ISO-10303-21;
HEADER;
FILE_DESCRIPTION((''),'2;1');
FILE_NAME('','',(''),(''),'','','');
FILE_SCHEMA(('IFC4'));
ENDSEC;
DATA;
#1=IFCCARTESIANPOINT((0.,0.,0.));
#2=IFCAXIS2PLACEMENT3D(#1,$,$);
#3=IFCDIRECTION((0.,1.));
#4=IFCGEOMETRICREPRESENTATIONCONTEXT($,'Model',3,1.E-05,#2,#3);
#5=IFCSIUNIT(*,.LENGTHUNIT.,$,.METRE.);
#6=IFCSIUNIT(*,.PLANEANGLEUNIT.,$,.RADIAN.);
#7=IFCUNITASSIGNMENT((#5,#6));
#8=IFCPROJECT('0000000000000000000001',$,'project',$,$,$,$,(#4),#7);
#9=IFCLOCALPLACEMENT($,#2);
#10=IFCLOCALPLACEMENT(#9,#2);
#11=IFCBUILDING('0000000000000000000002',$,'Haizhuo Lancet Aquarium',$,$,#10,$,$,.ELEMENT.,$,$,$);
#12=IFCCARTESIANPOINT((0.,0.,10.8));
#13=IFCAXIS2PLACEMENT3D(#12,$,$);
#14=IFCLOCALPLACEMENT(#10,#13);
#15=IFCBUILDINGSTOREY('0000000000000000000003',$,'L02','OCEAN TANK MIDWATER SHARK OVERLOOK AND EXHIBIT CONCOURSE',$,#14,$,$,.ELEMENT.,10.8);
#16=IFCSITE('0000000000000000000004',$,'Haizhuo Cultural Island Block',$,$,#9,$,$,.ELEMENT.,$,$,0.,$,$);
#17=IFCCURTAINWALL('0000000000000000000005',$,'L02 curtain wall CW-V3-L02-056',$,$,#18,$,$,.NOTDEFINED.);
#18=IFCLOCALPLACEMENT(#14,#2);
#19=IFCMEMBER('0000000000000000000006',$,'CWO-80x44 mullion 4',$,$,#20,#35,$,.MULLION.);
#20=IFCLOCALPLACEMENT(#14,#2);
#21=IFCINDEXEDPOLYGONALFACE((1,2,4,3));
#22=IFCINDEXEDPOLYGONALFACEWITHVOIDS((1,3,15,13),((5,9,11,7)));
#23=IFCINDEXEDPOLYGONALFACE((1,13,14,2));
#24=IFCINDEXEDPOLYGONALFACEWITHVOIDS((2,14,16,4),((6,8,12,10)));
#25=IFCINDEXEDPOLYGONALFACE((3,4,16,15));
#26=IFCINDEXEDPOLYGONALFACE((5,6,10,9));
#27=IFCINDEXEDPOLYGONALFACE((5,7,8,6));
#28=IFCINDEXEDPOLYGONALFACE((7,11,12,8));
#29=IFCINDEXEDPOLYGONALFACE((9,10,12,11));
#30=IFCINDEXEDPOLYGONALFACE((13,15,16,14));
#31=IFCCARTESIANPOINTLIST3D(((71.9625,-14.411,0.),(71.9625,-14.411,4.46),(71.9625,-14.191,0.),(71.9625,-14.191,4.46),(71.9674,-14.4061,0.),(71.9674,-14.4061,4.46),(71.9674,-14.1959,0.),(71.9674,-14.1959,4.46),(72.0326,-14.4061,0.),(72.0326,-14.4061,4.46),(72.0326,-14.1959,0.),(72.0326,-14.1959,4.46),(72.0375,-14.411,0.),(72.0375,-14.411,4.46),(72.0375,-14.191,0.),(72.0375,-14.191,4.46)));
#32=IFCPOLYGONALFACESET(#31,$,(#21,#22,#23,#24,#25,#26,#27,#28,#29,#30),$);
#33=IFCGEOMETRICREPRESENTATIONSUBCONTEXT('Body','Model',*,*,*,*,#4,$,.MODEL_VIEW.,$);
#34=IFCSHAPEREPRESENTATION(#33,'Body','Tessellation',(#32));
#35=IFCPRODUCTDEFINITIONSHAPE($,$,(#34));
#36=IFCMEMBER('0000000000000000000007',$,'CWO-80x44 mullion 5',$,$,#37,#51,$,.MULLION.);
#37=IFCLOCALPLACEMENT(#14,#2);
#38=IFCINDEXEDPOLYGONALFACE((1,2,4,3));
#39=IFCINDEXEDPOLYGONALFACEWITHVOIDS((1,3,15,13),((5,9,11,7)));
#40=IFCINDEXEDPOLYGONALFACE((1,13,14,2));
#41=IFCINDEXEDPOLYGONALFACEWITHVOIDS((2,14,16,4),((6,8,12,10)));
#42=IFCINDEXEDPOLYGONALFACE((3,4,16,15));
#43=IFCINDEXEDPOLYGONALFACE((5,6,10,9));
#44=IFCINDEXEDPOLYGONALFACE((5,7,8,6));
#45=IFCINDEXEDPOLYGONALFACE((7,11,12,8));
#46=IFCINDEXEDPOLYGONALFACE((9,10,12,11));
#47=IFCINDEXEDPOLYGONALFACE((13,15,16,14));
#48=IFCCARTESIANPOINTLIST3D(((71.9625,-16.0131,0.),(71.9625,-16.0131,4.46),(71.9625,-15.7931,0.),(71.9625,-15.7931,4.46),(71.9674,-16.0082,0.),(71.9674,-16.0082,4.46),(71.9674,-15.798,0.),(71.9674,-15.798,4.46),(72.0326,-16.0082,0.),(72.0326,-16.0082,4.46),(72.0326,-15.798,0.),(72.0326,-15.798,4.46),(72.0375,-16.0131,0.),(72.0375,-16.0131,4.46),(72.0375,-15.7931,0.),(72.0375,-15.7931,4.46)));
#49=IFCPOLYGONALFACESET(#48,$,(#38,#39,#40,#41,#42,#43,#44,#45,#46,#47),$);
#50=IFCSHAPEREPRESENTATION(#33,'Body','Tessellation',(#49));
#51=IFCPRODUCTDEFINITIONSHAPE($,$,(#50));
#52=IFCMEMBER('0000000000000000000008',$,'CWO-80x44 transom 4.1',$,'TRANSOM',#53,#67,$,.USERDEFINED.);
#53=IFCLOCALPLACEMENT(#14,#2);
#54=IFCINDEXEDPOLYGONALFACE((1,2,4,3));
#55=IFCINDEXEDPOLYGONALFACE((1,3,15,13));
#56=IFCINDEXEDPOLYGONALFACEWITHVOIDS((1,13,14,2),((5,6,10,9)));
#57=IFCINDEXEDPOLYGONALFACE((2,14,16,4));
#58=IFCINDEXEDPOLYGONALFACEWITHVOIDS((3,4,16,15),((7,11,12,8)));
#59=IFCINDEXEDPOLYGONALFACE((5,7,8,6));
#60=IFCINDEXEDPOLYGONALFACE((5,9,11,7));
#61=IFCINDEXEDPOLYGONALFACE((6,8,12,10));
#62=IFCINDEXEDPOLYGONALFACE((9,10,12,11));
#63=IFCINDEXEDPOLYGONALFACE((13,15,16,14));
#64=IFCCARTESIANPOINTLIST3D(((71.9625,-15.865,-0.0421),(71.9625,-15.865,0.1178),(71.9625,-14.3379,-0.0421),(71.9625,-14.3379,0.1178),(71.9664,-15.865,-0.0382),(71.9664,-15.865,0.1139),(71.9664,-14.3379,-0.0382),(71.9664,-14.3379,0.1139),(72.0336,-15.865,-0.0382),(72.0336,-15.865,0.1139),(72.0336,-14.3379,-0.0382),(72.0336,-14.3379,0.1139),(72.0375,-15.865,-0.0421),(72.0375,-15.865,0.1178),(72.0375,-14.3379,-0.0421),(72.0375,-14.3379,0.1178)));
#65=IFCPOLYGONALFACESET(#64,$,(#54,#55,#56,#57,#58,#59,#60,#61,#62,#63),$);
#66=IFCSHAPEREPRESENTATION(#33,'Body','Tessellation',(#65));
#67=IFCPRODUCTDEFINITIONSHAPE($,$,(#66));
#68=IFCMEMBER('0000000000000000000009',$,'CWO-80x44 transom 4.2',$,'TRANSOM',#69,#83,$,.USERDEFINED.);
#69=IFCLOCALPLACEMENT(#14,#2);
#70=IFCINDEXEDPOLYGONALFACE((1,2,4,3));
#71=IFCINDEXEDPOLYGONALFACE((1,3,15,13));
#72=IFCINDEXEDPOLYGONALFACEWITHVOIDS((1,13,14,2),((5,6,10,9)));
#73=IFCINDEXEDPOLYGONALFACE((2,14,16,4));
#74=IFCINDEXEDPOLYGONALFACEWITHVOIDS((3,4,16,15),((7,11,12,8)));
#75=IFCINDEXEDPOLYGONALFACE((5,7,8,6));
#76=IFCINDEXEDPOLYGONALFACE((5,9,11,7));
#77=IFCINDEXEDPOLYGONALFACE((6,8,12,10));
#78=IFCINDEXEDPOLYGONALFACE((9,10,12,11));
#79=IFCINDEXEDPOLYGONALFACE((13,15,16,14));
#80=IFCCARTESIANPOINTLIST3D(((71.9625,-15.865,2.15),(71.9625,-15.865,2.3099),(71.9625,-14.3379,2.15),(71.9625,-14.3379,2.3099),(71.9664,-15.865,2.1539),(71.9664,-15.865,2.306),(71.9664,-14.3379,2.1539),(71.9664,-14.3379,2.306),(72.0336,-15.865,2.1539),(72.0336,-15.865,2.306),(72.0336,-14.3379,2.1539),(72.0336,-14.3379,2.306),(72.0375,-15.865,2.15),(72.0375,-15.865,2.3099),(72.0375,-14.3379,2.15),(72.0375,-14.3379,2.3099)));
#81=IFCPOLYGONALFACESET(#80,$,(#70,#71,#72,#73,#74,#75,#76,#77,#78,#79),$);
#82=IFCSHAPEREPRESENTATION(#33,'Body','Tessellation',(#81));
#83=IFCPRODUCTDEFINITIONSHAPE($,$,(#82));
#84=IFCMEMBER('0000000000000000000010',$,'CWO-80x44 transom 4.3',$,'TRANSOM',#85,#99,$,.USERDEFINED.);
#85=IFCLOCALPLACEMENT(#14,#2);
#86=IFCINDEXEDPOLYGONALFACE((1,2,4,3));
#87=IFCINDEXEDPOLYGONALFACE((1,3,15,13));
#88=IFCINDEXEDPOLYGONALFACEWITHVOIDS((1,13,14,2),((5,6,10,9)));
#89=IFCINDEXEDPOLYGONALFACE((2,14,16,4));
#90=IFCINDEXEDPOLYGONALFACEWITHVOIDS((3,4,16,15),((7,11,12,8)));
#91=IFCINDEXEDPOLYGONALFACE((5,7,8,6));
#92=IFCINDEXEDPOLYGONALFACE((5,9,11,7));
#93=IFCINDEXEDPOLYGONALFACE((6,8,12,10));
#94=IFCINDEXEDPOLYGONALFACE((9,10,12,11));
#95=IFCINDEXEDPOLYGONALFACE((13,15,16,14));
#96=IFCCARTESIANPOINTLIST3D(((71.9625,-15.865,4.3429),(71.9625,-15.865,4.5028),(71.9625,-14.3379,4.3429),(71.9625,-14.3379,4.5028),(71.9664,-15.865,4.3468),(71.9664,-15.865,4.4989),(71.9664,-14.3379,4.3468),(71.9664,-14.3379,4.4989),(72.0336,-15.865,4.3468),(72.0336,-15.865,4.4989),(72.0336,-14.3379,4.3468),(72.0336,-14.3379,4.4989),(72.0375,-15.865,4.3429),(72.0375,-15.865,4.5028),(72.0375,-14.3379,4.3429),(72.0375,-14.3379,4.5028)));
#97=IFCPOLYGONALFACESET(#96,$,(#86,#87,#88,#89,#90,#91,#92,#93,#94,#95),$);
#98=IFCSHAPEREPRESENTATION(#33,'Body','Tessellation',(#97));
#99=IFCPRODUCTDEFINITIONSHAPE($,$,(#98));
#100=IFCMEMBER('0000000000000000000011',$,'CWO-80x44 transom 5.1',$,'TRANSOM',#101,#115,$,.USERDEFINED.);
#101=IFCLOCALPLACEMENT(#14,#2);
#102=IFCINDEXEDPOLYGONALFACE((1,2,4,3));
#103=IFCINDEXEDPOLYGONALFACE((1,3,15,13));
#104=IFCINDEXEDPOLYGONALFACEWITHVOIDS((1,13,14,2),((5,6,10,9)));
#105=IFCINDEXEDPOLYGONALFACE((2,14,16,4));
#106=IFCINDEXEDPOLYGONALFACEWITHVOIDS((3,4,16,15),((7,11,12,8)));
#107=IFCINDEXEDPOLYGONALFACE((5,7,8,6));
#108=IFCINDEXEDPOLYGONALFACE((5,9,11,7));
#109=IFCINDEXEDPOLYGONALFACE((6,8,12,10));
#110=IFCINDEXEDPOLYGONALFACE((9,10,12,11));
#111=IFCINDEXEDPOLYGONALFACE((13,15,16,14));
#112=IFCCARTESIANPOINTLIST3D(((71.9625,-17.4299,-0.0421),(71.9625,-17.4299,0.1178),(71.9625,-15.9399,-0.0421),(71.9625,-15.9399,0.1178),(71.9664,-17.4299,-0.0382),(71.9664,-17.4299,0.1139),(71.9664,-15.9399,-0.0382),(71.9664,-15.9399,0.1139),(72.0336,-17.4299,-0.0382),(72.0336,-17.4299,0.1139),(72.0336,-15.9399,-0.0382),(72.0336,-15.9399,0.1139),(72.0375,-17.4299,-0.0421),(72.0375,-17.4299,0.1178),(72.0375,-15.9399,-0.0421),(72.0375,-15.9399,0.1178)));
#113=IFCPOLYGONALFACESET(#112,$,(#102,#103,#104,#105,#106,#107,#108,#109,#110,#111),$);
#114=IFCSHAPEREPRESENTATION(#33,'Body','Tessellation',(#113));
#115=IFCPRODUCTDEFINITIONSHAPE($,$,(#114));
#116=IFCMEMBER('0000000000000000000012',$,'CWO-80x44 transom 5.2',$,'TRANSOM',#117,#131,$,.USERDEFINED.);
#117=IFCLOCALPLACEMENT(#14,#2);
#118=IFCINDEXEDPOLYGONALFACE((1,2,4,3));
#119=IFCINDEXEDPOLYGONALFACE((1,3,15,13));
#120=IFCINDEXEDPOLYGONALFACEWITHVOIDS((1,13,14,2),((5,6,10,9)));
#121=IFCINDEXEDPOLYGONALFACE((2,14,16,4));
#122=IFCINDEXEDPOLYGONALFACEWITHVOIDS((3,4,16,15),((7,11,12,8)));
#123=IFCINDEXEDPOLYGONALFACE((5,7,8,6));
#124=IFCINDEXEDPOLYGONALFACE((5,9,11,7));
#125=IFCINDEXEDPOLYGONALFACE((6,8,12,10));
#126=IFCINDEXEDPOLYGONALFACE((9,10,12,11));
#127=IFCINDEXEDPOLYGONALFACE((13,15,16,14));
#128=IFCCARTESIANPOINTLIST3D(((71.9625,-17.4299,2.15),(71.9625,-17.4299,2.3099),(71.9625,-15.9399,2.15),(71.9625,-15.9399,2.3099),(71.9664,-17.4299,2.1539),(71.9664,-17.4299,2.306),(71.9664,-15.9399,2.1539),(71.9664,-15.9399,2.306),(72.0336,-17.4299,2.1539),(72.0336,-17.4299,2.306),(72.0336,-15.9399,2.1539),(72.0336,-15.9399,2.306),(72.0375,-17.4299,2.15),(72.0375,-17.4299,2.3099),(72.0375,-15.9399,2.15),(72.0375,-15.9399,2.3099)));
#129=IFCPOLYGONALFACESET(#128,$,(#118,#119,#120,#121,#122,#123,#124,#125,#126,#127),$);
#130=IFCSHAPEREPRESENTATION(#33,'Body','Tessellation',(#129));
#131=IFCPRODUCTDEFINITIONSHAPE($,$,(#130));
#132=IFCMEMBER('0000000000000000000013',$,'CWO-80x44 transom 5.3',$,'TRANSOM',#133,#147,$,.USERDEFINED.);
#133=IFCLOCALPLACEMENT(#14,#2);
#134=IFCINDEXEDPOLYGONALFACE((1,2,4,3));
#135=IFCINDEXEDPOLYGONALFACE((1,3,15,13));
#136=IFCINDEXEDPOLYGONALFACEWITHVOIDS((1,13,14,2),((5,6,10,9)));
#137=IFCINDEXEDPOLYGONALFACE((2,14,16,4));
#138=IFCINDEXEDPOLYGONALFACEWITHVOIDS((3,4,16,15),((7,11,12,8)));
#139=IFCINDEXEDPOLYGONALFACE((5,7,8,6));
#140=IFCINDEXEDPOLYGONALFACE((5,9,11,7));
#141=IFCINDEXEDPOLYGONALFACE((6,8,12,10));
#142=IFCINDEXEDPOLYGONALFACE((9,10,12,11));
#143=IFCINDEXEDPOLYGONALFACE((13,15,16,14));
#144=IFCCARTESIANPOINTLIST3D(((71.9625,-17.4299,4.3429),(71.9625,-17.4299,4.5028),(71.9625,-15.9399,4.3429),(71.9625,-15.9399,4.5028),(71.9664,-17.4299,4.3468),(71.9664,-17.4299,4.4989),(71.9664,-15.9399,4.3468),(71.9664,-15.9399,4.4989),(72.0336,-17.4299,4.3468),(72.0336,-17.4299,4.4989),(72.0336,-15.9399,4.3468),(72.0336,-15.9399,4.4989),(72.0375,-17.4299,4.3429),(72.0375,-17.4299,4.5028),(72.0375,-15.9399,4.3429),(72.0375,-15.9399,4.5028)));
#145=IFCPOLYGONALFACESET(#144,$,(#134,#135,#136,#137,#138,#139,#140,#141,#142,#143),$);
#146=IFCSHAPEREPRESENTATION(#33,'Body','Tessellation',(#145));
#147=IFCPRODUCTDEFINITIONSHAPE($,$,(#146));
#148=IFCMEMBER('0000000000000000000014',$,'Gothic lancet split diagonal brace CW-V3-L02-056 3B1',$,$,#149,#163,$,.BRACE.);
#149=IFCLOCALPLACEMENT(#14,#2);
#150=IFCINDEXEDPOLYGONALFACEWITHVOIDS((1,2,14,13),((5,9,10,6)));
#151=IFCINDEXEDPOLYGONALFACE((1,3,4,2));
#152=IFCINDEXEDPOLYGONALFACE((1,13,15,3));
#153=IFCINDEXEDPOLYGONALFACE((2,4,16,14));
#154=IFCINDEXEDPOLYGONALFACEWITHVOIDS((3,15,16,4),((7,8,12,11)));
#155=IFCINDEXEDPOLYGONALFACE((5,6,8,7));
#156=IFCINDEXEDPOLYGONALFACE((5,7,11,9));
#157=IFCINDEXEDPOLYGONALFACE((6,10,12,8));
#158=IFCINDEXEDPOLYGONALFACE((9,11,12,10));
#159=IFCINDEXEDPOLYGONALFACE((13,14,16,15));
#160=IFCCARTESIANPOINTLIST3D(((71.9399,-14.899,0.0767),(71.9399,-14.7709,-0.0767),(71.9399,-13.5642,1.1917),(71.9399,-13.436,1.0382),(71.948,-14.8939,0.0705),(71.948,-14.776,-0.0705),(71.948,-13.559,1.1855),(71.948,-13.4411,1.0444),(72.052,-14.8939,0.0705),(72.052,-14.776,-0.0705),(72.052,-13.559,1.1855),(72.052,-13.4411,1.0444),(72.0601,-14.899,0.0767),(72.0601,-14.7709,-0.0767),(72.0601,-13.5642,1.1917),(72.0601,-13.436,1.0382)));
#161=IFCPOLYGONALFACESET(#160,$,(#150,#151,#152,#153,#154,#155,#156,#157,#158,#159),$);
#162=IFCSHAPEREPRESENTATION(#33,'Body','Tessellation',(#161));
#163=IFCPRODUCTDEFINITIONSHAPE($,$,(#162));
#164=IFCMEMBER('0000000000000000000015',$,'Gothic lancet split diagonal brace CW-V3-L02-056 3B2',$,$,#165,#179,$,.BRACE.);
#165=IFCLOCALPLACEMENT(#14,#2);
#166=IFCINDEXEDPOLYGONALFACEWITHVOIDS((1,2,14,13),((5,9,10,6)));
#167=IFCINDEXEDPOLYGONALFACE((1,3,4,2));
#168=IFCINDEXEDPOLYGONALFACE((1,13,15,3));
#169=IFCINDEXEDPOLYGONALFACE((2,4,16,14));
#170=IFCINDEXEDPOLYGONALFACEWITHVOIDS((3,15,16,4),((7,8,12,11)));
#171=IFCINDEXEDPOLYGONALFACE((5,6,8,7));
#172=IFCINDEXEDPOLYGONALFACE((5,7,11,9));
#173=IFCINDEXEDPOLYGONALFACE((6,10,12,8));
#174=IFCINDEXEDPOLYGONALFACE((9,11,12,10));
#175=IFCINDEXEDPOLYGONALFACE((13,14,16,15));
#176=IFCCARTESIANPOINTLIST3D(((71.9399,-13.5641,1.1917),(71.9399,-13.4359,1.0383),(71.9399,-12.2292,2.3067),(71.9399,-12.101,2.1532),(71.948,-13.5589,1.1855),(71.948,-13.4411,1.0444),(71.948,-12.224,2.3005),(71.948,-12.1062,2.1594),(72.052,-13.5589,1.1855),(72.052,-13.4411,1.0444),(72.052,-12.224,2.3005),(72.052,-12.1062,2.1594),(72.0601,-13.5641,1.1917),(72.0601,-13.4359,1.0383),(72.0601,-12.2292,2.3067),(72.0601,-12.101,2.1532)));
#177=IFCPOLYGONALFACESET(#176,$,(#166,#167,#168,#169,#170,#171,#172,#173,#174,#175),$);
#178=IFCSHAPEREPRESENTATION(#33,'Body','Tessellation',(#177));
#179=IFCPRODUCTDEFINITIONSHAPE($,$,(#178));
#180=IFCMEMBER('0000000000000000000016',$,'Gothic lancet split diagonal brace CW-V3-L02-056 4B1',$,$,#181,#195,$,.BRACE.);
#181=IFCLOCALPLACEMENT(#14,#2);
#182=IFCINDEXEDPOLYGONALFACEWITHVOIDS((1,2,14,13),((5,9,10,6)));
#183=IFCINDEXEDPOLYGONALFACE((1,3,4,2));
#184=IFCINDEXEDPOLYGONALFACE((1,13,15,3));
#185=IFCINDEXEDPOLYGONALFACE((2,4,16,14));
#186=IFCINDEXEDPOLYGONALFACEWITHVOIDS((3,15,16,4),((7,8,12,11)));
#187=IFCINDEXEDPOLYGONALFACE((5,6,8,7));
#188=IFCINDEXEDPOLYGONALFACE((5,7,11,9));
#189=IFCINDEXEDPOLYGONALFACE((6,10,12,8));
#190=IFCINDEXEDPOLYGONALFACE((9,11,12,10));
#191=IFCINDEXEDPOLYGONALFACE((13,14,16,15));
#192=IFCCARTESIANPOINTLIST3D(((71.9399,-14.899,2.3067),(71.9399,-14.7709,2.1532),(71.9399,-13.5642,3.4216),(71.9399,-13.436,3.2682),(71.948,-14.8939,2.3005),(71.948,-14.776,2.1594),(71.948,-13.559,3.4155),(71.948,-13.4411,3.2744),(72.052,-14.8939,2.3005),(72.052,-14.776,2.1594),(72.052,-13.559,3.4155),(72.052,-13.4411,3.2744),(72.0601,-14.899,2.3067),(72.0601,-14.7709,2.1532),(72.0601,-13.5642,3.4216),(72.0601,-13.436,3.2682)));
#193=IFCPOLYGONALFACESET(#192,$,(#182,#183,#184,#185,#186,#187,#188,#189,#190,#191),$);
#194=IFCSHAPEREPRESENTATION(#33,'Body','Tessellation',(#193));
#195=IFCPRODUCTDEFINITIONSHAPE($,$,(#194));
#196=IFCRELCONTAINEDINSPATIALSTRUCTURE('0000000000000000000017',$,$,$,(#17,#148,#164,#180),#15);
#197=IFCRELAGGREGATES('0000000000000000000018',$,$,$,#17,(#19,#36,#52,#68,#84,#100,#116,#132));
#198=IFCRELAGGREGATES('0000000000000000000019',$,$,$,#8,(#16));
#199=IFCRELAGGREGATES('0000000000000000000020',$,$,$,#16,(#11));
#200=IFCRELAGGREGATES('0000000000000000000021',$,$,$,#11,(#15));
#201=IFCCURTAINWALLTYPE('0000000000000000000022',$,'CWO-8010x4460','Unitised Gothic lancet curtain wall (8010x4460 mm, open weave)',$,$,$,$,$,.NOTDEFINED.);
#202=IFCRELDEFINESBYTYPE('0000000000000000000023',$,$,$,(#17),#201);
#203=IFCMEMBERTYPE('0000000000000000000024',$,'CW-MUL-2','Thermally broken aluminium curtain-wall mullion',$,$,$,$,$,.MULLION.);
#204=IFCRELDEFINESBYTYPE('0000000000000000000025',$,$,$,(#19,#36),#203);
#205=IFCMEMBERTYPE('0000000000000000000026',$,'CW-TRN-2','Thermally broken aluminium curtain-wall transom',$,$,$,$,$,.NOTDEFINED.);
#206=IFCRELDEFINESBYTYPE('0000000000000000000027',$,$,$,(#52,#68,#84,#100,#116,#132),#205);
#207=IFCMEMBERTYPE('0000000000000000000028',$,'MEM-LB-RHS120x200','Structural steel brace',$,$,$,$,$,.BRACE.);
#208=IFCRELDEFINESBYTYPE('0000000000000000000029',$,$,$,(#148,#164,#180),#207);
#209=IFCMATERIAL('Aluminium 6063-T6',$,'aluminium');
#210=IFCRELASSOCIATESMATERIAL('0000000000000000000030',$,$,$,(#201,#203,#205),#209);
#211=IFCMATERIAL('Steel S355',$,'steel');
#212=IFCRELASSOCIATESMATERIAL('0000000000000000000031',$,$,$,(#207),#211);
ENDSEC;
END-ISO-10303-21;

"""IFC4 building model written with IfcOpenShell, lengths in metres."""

from ifc_helpers import new_model, si_unit, direction, frame, origin, origin_2d, place, context, subcontext, project, spatial, hollow_rectangle, extrude, material, material_profile, profile_set, type_object, element, aggregate, save


model = new_model("IFC4")

# Units and contexts
model_context = context("Model", 3, precision=1e-05, world=origin(), true_north=direction((0.0, 1.0)))
body_context = subcontext(model_context, "Body", "Model", "MODEL_VIEW")
ifc_project = project(units=[si_unit("LENGTHUNIT", "METRE"), si_unit("PLANEANGLEUNIT", "RADIAN")], contexts=[model_context])

# Site, building, storey
site_placement = place(None, origin())
site = spatial("IfcSite", under=ifc_project, at=site_placement, Name="Haizhuo Cultural Island Block", CompositionType="ELEMENT", RefElevation=0.0)
building_placement = place(site_placement, origin())
building = spatial("IfcBuilding", under=site, at=building_placement, Name="Haizhuo Lancet Aquarium", CompositionType="ELEMENT")
storey_placement = place(building_placement, frame((0.0, 0.0, 10.8)))
storey = spatial("IfcBuildingStorey", under=building, at=storey_placement, Name="L02", Description="OCEAN TANK MIDWATER SHARK OVERLOOK AND EXHIBIT CONCOURSE", CompositionType="ELEMENT", Elevation=10.8)

# Curtain wall, members
ifc_material_1 = material(Name="Aluminium 6063-T6", Category="aluminium")
curtain_wall_type = type_object("IfcCurtainWallType", Name="CWO-8010x4460", Description="Unitised Gothic lancet curtain wall (8010x4460 mm, open weave)", PredefinedType="NOTDEFINED", material=ifc_material_1)
curtain_wall_placement = place(storey_placement, origin())
curtain_wall = element("IfcCurtainWall", 1, at=curtain_wall_placement, inside=storey, type_object=curtain_wall_type, Name="L02 curtain wall CW-V3-L02-056", PredefinedType="NOTDEFINED")
ifc_material_profile_1 = material_profile(ifc_material_1, hollow_rectangle(XDim=0.075, YDim=0.22, WallThickness=0.0049, at=origin_2d()), Name="ALU-M 75x220x5")
ifc_profile_set_1 = profile_set([ifc_material_profile_1], Name="Aluminium 6063-T6")
member_type_1 = type_object("IfcMemberType", Name="CW-MUL-2", Description="Thermally broken aluminium curtain-wall mullion", PredefinedType="MULLION", material=ifc_profile_set_1)
member_1_placement = place(storey_placement, frame((72.0, -14.301, 0.0), z_axis=(0.0, 0.0, 1.0), x_axis=(1.0, 0.0, 0.0)))
member_1 = element("IfcMember", 2, at=member_1_placement, type_object=member_type_1, Name="CWO-80x44 mullion 4", PredefinedType="MULLION", context=body_context, shape_type="SweptSolid", body=[
    extrude(hollow_rectangle(XDim=0.075, YDim=0.22, WallThickness=0.0049, at=origin_2d()), origin(), (0.0, 0.0, 1.0), 4.46),
])
member_2_placement = place(storey_placement, frame((72.0, -15.9031, 0.0), z_axis=(0.0, 0.0, 1.0), x_axis=(1.0, 0.0, 0.0)))
member_2 = element("IfcMember", 3, at=member_2_placement, type_object=member_type_1, Name="CWO-80x44 mullion 5", PredefinedType="MULLION", context=body_context, shape_type="SweptSolid", body=[
    extrude(hollow_rectangle(XDim=0.075, YDim=0.22, WallThickness=0.0049, at=origin_2d()), origin(), (0.0, 0.0, 1.0), 4.46),
])
ifc_material_profile_2 = material_profile(ifc_material_1, hollow_rectangle(XDim=0.075, YDim=0.1599, WallThickness=0.0039, at=origin_2d()), Name="ALU-T 75x160x4")
ifc_profile_set_2 = profile_set([ifc_material_profile_2], Name="Aluminium 6063-T6")
member_type_2 = type_object("IfcMemberType", Name="CW-TRN-2", Description="Thermally broken aluminium curtain-wall transom", PredefinedType="NOTDEFINED", material=ifc_profile_set_2)
member_3_placement = place(storey_placement, frame((72.0, -14.3379, 0.0378), z_axis=(0.0, -1.0, 0.0), x_axis=(1.0, 0.0, 0.0)))
member_3 = element("IfcMember", 4, at=member_3_placement, type_object=member_type_2, Name="CWO-80x44 transom 4.1", ObjectType="TRANSOM", PredefinedType="USERDEFINED", context=body_context, shape_type="SweptSolid", body=[
    extrude(hollow_rectangle(XDim=0.075, YDim=0.1599, WallThickness=0.0039, at=origin_2d()), origin(), (0.0, 0.0, 1.0), 1.5271),
])
member_4_placement = place(storey_placement, frame((72.0, -14.3379, 2.23), z_axis=(0.0, -1.0, 0.0), x_axis=(1.0, 0.0, 0.0)))
member_4 = element("IfcMember", 5, at=member_4_placement, type_object=member_type_2, Name="CWO-80x44 transom 4.2", ObjectType="TRANSOM", PredefinedType="USERDEFINED", context=body_context, shape_type="SweptSolid", body=[
    extrude(hollow_rectangle(XDim=0.075, YDim=0.1599, WallThickness=0.0039, at=origin_2d()), origin(), (0.0, 0.0, 1.0), 1.5271),
])
member_5_placement = place(storey_placement, frame((72.0, -14.3379, 4.4229), z_axis=(0.0, -1.0, 0.0), x_axis=(1.0, 0.0, 0.0)))
member_5 = element("IfcMember", 6, at=member_5_placement, type_object=member_type_2, Name="CWO-80x44 transom 4.3", ObjectType="TRANSOM", PredefinedType="USERDEFINED", context=body_context, shape_type="SweptSolid", body=[
    extrude(hollow_rectangle(XDim=0.075, YDim=0.1599, WallThickness=0.0039, at=origin_2d()), origin(), (0.0, 0.0, 1.0), 1.5271),
])
member_6_placement = place(storey_placement, frame((72.0, -15.9399, 0.0378), z_axis=(0.0, -1.0, 0.0), x_axis=(1.0, 0.0, 0.0)))
member_6 = element("IfcMember", 7, at=member_6_placement, type_object=member_type_2, Name="CWO-80x44 transom 5.1", ObjectType="TRANSOM", PredefinedType="USERDEFINED", context=body_context, shape_type="SweptSolid", body=[
    extrude(hollow_rectangle(XDim=0.075, YDim=0.1599, WallThickness=0.0039, at=origin_2d()), origin(), (0.0, 0.0, 1.0), 1.49),
])
member_7_placement = place(storey_placement, frame((72.0, -15.9399, 2.23), z_axis=(0.0, -1.0, 0.0), x_axis=(1.0, 0.0, 0.0)))
member_7 = element("IfcMember", 8, at=member_7_placement, type_object=member_type_2, Name="CWO-80x44 transom 5.2", ObjectType="TRANSOM", PredefinedType="USERDEFINED", context=body_context, shape_type="SweptSolid", body=[
    extrude(hollow_rectangle(XDim=0.075, YDim=0.1599, WallThickness=0.0039, at=origin_2d()), origin(), (0.0, 0.0, 1.0), 1.49),
])
member_8_placement = place(storey_placement, frame((72.0, -15.9399, 4.4229), z_axis=(0.0, -1.0, 0.0), x_axis=(1.0, 0.0, 0.0)))
member_8 = element("IfcMember", 9, at=member_8_placement, type_object=member_type_2, Name="CWO-80x44 transom 5.3", ObjectType="TRANSOM", PredefinedType="USERDEFINED", context=body_context, shape_type="SweptSolid", body=[
    extrude(hollow_rectangle(XDim=0.075, YDim=0.1599, WallThickness=0.0039, at=origin_2d()), origin(), (0.0, 0.0, 1.0), 1.49),
])

# Members
ifc_material_2 = material(Name="Steel S355", Category="steel")
ifc_material_profile_3 = material_profile(ifc_material_2, hollow_rectangle(XDim=0.1201, YDim=0.2, WallThickness=0.0081, at=origin_2d()), Name="RHS 120x200x8")
ifc_profile_set_3 = profile_set([ifc_material_profile_3], Name="Steel S355")
member_type_3 = type_object("IfcMemberType", Name="MEM-LB-RHS120x200", Description="Structural steel brace", PredefinedType="BRACE", material=ifc_profile_set_3)
for number, where, z_axis, x_axis, name in (
    (10, (72.0, -14.835, 0.0), (0.0, 0.767507, 0.64104), (-1.0, 0.0, 0.0), "Gothic lancet split diagonal brace CW-V3-L02-056 3B1"),
    (11, (72.0, -13.5, 1.115), (0.0, 0.767507, 0.64104), (-1.0, 0.0, 0.0), "Gothic lancet split diagonal brace CW-V3-L02-056 3B2"),
    (12, (72.0, -14.835, 2.23), (0.0, 0.767507, 0.64104), (-1.0, 0.0, 0.0), "Gothic lancet split diagonal brace CW-V3-L02-056 4B1"),
):
    element("IfcMember", number, at=place(storey_placement, frame(where, z_axis=z_axis, x_axis=x_axis)), inside=storey, type_object=member_type_3, Name=name, PredefinedType="BRACE", context=body_context, shape_type="SweptSolid", body=[
        extrude(hollow_rectangle(XDim=0.1201, YDim=0.2, WallThickness=0.0081, at=origin_2d()), origin(), (0.0, 0.0, 1.0), 1.7393),
    ])

aggregate(curtain_wall, [member_1, member_2, member_3, member_4, member_5, member_6, member_7, member_8])

save(model, "model.ifc")
